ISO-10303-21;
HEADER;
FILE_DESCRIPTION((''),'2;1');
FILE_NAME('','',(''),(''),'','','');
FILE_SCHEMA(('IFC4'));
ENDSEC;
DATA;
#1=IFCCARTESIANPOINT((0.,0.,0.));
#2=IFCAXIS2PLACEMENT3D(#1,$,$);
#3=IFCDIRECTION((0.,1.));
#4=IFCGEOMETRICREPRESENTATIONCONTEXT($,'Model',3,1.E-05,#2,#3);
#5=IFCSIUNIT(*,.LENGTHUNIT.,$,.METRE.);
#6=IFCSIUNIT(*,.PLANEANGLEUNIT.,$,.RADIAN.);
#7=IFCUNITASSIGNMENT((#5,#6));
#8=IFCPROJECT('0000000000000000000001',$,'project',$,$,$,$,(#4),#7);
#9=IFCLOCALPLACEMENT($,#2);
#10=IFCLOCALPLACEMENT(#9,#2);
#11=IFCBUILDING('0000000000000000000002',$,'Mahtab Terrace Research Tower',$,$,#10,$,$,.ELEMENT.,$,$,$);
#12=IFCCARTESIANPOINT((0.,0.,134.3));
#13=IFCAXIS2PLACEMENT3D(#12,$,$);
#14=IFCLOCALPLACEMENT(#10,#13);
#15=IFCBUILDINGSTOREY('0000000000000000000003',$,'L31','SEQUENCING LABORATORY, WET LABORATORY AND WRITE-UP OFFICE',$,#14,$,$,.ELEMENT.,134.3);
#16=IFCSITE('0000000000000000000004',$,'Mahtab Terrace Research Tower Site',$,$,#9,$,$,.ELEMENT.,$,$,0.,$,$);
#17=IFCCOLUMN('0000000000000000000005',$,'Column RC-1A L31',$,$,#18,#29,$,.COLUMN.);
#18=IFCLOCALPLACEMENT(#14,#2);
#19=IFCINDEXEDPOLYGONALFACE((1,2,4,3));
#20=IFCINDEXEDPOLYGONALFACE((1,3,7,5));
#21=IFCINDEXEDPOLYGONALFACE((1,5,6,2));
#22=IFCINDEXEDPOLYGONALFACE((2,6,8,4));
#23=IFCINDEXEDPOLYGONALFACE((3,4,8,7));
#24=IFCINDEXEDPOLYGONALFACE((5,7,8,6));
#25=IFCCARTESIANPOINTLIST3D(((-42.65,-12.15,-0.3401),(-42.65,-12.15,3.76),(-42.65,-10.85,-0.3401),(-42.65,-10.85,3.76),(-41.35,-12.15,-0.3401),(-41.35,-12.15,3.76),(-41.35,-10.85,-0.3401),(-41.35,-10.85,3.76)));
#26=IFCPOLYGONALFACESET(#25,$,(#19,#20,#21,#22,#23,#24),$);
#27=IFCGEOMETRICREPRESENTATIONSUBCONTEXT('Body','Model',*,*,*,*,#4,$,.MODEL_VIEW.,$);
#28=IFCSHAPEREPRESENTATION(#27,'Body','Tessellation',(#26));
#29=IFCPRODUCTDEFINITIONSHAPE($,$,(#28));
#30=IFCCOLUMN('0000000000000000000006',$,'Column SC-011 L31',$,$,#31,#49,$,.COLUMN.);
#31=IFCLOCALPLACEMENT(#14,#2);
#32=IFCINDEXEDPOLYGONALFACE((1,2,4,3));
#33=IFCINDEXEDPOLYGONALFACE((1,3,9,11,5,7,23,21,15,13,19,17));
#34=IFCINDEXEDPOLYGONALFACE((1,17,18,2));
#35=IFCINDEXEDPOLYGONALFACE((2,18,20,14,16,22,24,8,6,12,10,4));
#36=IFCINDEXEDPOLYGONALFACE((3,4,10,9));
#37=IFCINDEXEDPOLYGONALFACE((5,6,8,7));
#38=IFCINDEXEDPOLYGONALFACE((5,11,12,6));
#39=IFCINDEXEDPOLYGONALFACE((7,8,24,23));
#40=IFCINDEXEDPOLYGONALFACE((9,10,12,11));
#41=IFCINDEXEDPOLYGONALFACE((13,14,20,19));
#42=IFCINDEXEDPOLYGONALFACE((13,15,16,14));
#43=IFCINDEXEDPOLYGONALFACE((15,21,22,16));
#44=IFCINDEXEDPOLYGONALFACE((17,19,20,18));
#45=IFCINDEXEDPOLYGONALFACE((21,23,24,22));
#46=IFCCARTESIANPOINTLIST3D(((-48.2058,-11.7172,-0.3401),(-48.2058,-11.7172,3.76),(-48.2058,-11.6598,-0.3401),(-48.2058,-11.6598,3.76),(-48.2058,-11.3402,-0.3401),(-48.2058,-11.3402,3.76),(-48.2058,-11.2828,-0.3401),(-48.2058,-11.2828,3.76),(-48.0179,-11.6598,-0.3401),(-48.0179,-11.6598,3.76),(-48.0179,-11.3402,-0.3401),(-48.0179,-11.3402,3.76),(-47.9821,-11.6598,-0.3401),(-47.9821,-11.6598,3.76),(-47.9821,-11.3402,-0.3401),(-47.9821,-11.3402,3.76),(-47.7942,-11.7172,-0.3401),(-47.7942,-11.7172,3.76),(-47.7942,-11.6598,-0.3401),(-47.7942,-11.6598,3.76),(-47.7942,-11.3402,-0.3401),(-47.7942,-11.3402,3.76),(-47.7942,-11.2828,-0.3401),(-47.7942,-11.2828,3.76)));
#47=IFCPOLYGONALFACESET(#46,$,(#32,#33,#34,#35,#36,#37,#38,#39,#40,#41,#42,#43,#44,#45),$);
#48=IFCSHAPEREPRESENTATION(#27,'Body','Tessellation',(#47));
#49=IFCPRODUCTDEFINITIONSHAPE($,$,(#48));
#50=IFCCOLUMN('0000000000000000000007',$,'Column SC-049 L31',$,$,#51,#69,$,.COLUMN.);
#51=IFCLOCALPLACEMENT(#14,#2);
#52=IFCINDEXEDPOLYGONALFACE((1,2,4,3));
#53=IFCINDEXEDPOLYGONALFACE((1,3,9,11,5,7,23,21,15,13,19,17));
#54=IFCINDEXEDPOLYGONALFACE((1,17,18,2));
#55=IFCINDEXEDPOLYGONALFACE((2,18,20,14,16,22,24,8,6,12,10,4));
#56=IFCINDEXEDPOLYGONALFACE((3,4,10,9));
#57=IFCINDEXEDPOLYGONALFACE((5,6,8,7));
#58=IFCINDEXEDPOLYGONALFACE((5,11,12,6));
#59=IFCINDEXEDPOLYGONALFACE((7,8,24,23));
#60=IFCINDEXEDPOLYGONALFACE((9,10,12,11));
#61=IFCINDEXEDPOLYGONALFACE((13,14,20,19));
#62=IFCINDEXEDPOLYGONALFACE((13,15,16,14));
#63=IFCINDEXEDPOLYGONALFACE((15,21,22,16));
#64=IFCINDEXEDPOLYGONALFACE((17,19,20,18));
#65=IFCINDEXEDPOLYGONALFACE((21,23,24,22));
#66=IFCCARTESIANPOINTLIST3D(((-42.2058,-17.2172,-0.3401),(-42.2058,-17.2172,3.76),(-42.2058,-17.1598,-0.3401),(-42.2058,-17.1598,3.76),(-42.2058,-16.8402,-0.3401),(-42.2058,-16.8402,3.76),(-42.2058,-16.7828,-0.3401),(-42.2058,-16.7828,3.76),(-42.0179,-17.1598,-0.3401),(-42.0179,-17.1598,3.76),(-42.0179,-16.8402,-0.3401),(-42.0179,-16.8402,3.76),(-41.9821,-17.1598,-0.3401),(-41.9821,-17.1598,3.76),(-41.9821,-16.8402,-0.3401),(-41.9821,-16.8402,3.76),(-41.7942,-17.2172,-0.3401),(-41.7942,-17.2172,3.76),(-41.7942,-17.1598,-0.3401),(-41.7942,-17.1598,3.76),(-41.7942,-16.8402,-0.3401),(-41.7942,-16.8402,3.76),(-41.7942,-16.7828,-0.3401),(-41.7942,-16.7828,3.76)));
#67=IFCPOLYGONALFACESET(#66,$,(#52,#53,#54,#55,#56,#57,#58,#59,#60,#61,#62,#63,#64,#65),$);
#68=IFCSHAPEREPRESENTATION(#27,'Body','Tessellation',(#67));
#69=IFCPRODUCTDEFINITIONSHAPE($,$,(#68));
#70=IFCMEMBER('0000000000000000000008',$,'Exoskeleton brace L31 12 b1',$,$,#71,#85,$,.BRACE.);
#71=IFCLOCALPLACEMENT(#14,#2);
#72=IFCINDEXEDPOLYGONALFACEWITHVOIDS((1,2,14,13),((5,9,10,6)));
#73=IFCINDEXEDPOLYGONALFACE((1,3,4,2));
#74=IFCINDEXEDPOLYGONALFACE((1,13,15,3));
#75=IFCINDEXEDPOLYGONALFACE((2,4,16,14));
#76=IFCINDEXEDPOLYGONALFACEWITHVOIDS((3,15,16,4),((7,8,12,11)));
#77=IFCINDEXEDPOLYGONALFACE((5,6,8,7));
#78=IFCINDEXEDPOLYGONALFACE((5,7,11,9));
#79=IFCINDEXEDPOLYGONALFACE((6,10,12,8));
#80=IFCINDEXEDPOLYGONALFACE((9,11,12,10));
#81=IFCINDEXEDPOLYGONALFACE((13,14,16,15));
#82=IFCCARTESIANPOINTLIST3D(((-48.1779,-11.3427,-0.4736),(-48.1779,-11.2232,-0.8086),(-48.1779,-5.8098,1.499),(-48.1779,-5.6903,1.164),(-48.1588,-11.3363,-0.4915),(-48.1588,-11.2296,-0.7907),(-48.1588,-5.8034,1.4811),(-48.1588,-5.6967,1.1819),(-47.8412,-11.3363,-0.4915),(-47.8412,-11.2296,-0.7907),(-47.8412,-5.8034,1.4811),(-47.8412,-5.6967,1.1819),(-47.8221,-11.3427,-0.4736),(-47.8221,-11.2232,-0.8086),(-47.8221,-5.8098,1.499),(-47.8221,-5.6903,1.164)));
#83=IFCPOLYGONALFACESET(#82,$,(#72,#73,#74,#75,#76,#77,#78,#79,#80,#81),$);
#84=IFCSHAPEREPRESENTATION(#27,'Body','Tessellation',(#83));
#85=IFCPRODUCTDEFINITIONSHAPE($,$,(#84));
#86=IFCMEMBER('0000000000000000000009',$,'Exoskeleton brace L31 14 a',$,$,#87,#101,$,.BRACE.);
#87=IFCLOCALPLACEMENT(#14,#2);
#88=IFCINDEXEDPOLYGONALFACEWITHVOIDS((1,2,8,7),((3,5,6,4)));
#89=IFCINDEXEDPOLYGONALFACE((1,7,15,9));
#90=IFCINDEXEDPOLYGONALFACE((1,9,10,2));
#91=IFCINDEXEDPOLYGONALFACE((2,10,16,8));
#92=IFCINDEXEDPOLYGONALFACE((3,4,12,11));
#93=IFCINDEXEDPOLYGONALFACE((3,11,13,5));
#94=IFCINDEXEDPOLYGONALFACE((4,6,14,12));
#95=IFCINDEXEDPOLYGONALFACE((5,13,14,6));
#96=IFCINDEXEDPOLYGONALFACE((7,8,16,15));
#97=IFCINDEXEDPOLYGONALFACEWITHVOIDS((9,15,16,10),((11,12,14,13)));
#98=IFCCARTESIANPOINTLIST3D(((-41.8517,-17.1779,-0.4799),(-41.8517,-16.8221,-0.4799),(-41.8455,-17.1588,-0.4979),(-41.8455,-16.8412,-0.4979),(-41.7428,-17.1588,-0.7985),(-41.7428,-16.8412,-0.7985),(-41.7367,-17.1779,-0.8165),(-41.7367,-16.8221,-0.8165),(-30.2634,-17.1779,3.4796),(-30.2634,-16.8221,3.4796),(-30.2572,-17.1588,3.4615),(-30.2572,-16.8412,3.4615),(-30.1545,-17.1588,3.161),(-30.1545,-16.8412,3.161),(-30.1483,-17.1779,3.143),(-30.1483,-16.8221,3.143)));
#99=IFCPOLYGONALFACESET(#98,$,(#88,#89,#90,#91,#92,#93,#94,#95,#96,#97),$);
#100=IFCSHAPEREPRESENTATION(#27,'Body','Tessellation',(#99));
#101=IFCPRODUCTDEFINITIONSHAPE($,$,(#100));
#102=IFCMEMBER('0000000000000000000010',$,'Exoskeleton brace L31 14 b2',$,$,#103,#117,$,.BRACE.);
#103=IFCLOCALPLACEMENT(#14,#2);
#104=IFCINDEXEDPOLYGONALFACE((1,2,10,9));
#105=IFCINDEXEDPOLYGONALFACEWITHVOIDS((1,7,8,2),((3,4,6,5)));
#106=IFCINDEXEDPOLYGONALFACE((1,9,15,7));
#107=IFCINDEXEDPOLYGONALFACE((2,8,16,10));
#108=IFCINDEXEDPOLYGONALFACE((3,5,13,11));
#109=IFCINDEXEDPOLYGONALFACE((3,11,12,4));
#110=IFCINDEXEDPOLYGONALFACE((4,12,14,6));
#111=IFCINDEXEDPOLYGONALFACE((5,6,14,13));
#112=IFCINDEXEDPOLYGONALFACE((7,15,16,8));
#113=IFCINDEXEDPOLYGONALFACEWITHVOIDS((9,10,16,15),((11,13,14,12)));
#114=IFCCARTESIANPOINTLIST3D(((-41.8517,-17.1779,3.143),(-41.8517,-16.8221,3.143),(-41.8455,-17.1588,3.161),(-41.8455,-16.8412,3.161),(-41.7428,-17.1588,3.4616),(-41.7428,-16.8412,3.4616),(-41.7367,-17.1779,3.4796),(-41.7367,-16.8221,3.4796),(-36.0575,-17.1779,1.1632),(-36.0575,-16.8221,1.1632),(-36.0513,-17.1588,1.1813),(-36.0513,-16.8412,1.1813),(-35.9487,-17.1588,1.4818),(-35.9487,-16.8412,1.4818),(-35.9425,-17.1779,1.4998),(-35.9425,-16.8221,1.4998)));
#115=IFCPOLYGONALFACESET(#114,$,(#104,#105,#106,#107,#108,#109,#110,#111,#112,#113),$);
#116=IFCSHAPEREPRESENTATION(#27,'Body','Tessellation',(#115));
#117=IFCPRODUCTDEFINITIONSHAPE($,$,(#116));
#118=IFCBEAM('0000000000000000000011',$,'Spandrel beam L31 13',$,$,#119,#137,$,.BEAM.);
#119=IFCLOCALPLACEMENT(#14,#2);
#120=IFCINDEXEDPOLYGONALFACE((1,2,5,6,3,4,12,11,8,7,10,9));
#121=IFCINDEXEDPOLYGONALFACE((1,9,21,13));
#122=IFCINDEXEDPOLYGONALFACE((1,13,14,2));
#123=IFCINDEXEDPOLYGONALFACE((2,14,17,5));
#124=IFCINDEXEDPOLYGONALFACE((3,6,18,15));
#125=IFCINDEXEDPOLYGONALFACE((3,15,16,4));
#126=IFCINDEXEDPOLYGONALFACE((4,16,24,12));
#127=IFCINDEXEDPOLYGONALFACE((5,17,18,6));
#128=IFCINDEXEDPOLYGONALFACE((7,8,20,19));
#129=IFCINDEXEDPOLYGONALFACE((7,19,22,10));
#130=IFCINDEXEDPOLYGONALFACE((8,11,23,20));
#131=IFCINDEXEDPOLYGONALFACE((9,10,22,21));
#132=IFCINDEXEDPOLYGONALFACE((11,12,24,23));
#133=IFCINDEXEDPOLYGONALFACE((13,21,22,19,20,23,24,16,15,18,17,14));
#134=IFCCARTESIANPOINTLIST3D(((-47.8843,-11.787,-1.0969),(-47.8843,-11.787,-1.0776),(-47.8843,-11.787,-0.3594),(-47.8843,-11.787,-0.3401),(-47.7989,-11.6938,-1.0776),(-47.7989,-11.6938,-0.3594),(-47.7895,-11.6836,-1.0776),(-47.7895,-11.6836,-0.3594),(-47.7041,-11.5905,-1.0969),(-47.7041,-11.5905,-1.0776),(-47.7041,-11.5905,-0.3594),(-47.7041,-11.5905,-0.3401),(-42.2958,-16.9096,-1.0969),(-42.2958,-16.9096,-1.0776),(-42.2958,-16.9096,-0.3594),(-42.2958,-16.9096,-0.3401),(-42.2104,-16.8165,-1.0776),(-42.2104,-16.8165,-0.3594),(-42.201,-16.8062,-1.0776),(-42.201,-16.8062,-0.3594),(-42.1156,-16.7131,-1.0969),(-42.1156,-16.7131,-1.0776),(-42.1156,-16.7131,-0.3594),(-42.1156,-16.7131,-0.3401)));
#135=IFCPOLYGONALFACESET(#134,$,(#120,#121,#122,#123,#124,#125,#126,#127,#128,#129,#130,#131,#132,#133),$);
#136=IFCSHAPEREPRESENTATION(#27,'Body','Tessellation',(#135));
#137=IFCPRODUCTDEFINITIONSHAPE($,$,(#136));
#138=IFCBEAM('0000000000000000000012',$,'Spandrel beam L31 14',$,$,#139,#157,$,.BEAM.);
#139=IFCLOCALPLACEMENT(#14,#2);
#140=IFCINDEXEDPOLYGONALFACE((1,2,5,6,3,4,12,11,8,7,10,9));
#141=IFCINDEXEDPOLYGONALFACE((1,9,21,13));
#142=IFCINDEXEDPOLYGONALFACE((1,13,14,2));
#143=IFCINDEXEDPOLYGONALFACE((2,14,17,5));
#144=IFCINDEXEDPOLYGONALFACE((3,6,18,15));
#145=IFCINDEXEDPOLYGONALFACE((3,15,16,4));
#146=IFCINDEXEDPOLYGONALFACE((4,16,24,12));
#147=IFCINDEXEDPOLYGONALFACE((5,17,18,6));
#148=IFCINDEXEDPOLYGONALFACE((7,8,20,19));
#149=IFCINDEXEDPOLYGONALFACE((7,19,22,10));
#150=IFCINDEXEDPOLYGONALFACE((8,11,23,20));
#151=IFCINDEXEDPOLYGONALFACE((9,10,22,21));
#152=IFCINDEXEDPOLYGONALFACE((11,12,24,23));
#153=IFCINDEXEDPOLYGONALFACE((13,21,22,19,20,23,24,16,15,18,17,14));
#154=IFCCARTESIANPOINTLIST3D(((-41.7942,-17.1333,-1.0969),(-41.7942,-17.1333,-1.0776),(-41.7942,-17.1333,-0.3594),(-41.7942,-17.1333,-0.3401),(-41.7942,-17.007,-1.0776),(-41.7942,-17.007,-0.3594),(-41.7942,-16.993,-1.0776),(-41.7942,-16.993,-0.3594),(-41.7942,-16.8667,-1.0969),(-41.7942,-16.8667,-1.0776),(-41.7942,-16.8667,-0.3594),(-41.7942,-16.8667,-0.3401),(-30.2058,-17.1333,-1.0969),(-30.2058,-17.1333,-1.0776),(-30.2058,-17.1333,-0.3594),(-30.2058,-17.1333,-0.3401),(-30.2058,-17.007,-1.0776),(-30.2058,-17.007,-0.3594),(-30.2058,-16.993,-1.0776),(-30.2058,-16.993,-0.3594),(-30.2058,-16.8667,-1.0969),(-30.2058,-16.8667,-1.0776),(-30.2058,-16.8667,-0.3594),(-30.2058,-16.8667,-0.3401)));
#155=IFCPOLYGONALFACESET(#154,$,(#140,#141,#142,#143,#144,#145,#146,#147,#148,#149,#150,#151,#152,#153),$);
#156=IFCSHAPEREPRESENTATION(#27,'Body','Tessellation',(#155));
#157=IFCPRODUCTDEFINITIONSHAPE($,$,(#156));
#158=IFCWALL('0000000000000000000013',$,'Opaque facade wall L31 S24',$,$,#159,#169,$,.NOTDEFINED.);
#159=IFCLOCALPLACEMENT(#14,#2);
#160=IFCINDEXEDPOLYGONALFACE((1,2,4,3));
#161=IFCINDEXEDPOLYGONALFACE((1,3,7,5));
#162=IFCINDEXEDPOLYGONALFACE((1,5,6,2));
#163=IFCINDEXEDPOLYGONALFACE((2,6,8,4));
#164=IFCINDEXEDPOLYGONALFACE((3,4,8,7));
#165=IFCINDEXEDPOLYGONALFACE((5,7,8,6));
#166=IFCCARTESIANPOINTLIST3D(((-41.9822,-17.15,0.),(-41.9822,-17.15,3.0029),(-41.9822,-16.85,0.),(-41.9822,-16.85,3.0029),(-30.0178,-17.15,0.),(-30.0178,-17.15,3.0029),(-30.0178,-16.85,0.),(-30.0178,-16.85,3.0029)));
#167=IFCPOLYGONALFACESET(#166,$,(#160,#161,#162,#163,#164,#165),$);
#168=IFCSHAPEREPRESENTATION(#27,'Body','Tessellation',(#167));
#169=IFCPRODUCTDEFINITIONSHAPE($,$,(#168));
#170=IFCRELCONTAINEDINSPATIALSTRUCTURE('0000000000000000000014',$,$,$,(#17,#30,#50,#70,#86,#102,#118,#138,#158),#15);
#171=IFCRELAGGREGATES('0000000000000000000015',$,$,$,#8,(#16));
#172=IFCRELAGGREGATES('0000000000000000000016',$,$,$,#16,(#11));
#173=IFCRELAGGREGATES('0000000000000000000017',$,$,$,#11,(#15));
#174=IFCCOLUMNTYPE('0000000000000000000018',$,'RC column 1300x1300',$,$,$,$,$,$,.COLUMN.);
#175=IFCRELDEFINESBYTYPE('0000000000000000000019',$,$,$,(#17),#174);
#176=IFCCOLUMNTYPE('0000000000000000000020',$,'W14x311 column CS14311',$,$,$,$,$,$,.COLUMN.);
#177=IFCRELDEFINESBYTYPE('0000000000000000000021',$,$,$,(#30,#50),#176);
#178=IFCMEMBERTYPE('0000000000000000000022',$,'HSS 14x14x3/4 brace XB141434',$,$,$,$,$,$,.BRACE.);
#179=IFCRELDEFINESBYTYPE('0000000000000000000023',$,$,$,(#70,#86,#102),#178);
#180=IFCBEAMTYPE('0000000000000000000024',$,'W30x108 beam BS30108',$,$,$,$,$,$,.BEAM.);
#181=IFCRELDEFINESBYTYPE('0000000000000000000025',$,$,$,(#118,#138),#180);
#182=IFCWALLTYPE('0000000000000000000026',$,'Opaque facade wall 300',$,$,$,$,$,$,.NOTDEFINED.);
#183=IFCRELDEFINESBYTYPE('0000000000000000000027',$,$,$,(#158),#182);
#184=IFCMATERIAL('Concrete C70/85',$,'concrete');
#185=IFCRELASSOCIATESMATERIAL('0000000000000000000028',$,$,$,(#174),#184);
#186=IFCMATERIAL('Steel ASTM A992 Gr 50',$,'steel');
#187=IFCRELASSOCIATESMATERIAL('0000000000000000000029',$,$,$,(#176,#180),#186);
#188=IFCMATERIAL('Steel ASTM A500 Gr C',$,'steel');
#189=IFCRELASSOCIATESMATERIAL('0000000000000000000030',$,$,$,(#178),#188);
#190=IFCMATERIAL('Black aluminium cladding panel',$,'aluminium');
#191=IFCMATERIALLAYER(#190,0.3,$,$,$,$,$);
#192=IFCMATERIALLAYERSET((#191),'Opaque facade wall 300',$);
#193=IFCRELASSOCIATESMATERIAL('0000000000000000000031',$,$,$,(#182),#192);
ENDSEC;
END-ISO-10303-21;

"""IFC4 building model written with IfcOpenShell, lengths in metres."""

from ifc_helpers import new_model, si_unit, direction, frame, frame_2d, origin, origin_2d, place, context, subcontext, project, spatial, rectangle, hollow_rectangle, i_section, extrude, material, layer, layer_set, material_profile, profile_set, type_object, element, save


model = new_model("IFC4")

# Units and contexts
model_context = context("Model", 3, precision=1e-05, world=origin(), true_north=direction((0.0, 1.0)))
body_context = subcontext(model_context, "Body", "Model", "MODEL_VIEW")
ifc_project = project(units=[si_unit("LENGTHUNIT", "METRE"), si_unit("PLANEANGLEUNIT", "RADIAN")], contexts=[model_context])

# Site, building, storey
site_placement = place(None, origin())
site = spatial("IfcSite", under=ifc_project, at=site_placement, Name="Mahtab Terrace Research Tower Site", CompositionType="ELEMENT", RefElevation=0.0)
building_placement = place(site_placement, origin())
building = spatial("IfcBuilding", under=site, at=building_placement, Name="Mahtab Terrace Research Tower", CompositionType="ELEMENT")
storey_placement = place(building_placement, frame((0.0, 0.0, 134.3)))
storey = spatial("IfcBuildingStorey", under=building, at=storey_placement, Name="L31", Description="SEQUENCING LABORATORY, WET LABORATORY AND WRITE-UP OFFICE", CompositionType="ELEMENT", Elevation=134.3)

# Columns
ifc_material_1 = material(Name="Concrete C70/85", Category="concrete")
ifc_material_profile_1 = material_profile(ifc_material_1, rectangle(XDim=1.3, YDim=1.3, at=origin_2d()), Name="RC column 1300x1300")
ifc_profile_set_1 = profile_set([ifc_material_profile_1], Name="Concrete C70/85")
column_type_1 = type_object("IfcColumnType", Name="RC column 1300x1300", PredefinedType="COLUMN", material=ifc_profile_set_1)
column_placement = place(storey_placement, frame((-42.0, -11.5, -0.3401), z_axis=(0.0, 0.0, 1.0), x_axis=(1.0, 0.0, 0.0)))
element("IfcColumn", 1, at=column_placement, inside=storey, type_object=column_type_1, Name="Column RC-1A L31", PredefinedType="COLUMN", context=body_context, shape_type="SweptSolid", body=[
    extrude(rectangle(XDim=1.3, YDim=1.3, at=origin_2d()), origin(), (0.0, 0.0, 1.0), 4.1001),
])
ifc_material_2 = material(Name="Steel ASTM A992 Gr 50", Category="steel")
ifc_material_profile_2 = material_profile(ifc_material_2, i_section(OverallWidth=0.4116, OverallDepth=0.4343, WebThickness=0.0359, FlangeThickness=0.0574, at=origin_2d()), Name="W14X311")
ifc_profile_set_2 = profile_set([ifc_material_profile_2], Name="Steel ASTM A992 Gr 50")
column_type_2 = type_object("IfcColumnType", Name="W14x311 column CS14311", PredefinedType="COLUMN", material=ifc_profile_set_2)
for number, where, z_axis, x_axis, name in (
    (2, (-48.0, -11.5, -0.3401), (0.0, 0.0, 1.0), (1.0, 0.0, 0.0), "Column SC-011 L31"),
    (3, (-42.0, -17.0, -0.3401), (0.0, 0.0, 1.0), (1.0, 0.0, 0.0), "Column SC-049 L31"),
):
    element("IfcColumn", number, at=place(storey_placement, frame(where, z_axis=z_axis, x_axis=x_axis)), inside=storey, type_object=column_type_2, Name=name, PredefinedType="COLUMN", context=body_context, shape_type="SweptSolid", body=[
        extrude(i_section(OverallWidth=0.4116, OverallDepth=0.4343, WebThickness=0.0359, FlangeThickness=0.0574, at=origin_2d()), origin(), (0.0, 0.0, 1.0), 4.1001),
    ])

# Members
ifc_material_3 = material(Name="Steel ASTM A500 Gr C", Category="steel")
ifc_material_profile_3 = material_profile(ifc_material_3, hollow_rectangle(XDim=0.3557, YDim=0.3557, WallThickness=0.019, at=origin_2d()), Name="HSS14X14X3/4")
ifc_profile_set_3 = profile_set([ifc_material_profile_3], Name="Steel ASTM A500 Gr C")
member_type = type_object("IfcMemberType", Name="HSS 14x14x3/4 brace XB141434", PredefinedType="BRACE", material=ifc_profile_set_3)
member_1_placement = place(storey_placement, frame((-48.0, -11.283, -0.6411), z_axis=(0.0, 0.941925, 0.335823), x_axis=(-1.0, 0.0, 0.0)))
element("IfcMember", 4, at=member_1_placement, inside=storey, type_object=member_type, Name="Exoskeleton brace L31 12 b1", PredefinedType="BRACE", context=body_context, shape_type="SweptSolid", body=[
    extrude(hollow_rectangle(XDim=0.3557, YDim=0.3557, WallThickness=0.019, at=origin_2d()), origin(), (0.0, 0.0, 1.0), 5.874),
])
member_2_placement = place(storey_placement, frame((-41.7942, -17.0, -0.6482), z_axis=(0.946288, 0.0, 0.323324), x_axis=(0.0, 1.0, 0.0)))
element("IfcMember", 5, at=member_2_placement, inside=storey, type_object=member_type, Name="Exoskeleton brace L31 14 a", PredefinedType="BRACE", context=body_context, shape_type="SweptSolid", body=[
    extrude(hollow_rectangle(XDim=0.3557, YDim=0.3557, WallThickness=0.019, at=origin_2d()), origin(), (0.0, 0.0, 1.0), 12.2461),
])
member_3_placement = place(storey_placement, frame((-36.0, -17.0, 1.3315), z_axis=(-0.946288, 0.0, 0.323324), x_axis=(0.0, -1.0, 0.0)))
element("IfcMember", 6, at=member_3_placement, inside=storey, type_object=member_type, Name="Exoskeleton brace L31 14 b2", PredefinedType="BRACE", context=body_context, shape_type="SweptSolid", body=[
    extrude(hollow_rectangle(XDim=0.3557, YDim=0.3557, WallThickness=0.019, at=origin_2d()), origin(), (0.0, 0.0, 1.0), 6.123),
])

# Beams
ifc_material_profile_4 = material_profile(ifc_material_2, i_section(OverallWidth=0.2666, OverallDepth=0.7568, WebThickness=0.0139, FlangeThickness=0.0193, at=origin_2d()), Name="W30X108")
ifc_profile_set_4 = profile_set([ifc_material_profile_4], Name="Steel ASTM A992 Gr 50")
beam_type = type_object("IfcBeamType", Name="W30x108 beam BS30108", PredefinedType="BEAM", material=ifc_profile_set_4)
beam_1_placement = place(storey_placement, frame((-47.7942, -11.6887, -0.7185), z_axis=(0.737162, -0.675716, 0.0), x_axis=(0.675716, 0.737162, 0.0)))
element("IfcBeam", 7, at=beam_1_placement, inside=storey, type_object=beam_type, Name="Spandrel beam L31 13", PredefinedType="BEAM", context=body_context, shape_type="SweptSolid", body=[
    extrude(i_section(OverallWidth=0.2666, OverallDepth=0.7568, WebThickness=0.0139, FlangeThickness=0.0193, at=origin_2d()), origin(), (0.0, 0.0, 1.0), 7.5811),
])
beam_2_placement = place(storey_placement, frame((-41.7942, -17.0, -0.7185), z_axis=(1.0, 0.0, 0.0), x_axis=(0.0, 1.0, 0.0)))
element("IfcBeam", 8, at=beam_2_placement, inside=storey, type_object=beam_type, Name="Spandrel beam L31 14", PredefinedType="BEAM", context=body_context, shape_type="SweptSolid", body=[
    extrude(i_section(OverallWidth=0.2666, OverallDepth=0.7568, WebThickness=0.0139, FlangeThickness=0.0193, at=origin_2d()), origin(), (0.0, 0.0, 1.0), 11.5884),
])

# Wall
ifc_material_4 = material(Name="Black aluminium cladding panel", Category="aluminium")
ifc_layer_1 = layer(ifc_material_4, 0.3)
ifc_layer_set_1 = layer_set([ifc_layer_1], Name="Opaque facade wall 300")
wall_type_1 = type_object("IfcWallType", Name="Opaque facade wall 300", PredefinedType="NOTDEFINED", material=ifc_layer_set_1)
wall_1_placement = place(storey_placement, frame((-41.9822, -17.0, 0.0), z_axis=(0.0, 0.0, 1.0), x_axis=(1.0, 0.0, 0.0)))
element("IfcWall", 9, at=wall_1_placement, inside=storey, type_object=wall_type_1, Name="Opaque facade wall L31 S24", PredefinedType="NOTDEFINED", context=body_context, shape_type="SweptSolid", body=[
    extrude(rectangle(XDim=11.9644, YDim=0.3, at=frame_2d((5.9822, 0.0))), origin(), (0.0, 0.0, 1.0), 3.0029),
])

save(model, "model.ifc")
